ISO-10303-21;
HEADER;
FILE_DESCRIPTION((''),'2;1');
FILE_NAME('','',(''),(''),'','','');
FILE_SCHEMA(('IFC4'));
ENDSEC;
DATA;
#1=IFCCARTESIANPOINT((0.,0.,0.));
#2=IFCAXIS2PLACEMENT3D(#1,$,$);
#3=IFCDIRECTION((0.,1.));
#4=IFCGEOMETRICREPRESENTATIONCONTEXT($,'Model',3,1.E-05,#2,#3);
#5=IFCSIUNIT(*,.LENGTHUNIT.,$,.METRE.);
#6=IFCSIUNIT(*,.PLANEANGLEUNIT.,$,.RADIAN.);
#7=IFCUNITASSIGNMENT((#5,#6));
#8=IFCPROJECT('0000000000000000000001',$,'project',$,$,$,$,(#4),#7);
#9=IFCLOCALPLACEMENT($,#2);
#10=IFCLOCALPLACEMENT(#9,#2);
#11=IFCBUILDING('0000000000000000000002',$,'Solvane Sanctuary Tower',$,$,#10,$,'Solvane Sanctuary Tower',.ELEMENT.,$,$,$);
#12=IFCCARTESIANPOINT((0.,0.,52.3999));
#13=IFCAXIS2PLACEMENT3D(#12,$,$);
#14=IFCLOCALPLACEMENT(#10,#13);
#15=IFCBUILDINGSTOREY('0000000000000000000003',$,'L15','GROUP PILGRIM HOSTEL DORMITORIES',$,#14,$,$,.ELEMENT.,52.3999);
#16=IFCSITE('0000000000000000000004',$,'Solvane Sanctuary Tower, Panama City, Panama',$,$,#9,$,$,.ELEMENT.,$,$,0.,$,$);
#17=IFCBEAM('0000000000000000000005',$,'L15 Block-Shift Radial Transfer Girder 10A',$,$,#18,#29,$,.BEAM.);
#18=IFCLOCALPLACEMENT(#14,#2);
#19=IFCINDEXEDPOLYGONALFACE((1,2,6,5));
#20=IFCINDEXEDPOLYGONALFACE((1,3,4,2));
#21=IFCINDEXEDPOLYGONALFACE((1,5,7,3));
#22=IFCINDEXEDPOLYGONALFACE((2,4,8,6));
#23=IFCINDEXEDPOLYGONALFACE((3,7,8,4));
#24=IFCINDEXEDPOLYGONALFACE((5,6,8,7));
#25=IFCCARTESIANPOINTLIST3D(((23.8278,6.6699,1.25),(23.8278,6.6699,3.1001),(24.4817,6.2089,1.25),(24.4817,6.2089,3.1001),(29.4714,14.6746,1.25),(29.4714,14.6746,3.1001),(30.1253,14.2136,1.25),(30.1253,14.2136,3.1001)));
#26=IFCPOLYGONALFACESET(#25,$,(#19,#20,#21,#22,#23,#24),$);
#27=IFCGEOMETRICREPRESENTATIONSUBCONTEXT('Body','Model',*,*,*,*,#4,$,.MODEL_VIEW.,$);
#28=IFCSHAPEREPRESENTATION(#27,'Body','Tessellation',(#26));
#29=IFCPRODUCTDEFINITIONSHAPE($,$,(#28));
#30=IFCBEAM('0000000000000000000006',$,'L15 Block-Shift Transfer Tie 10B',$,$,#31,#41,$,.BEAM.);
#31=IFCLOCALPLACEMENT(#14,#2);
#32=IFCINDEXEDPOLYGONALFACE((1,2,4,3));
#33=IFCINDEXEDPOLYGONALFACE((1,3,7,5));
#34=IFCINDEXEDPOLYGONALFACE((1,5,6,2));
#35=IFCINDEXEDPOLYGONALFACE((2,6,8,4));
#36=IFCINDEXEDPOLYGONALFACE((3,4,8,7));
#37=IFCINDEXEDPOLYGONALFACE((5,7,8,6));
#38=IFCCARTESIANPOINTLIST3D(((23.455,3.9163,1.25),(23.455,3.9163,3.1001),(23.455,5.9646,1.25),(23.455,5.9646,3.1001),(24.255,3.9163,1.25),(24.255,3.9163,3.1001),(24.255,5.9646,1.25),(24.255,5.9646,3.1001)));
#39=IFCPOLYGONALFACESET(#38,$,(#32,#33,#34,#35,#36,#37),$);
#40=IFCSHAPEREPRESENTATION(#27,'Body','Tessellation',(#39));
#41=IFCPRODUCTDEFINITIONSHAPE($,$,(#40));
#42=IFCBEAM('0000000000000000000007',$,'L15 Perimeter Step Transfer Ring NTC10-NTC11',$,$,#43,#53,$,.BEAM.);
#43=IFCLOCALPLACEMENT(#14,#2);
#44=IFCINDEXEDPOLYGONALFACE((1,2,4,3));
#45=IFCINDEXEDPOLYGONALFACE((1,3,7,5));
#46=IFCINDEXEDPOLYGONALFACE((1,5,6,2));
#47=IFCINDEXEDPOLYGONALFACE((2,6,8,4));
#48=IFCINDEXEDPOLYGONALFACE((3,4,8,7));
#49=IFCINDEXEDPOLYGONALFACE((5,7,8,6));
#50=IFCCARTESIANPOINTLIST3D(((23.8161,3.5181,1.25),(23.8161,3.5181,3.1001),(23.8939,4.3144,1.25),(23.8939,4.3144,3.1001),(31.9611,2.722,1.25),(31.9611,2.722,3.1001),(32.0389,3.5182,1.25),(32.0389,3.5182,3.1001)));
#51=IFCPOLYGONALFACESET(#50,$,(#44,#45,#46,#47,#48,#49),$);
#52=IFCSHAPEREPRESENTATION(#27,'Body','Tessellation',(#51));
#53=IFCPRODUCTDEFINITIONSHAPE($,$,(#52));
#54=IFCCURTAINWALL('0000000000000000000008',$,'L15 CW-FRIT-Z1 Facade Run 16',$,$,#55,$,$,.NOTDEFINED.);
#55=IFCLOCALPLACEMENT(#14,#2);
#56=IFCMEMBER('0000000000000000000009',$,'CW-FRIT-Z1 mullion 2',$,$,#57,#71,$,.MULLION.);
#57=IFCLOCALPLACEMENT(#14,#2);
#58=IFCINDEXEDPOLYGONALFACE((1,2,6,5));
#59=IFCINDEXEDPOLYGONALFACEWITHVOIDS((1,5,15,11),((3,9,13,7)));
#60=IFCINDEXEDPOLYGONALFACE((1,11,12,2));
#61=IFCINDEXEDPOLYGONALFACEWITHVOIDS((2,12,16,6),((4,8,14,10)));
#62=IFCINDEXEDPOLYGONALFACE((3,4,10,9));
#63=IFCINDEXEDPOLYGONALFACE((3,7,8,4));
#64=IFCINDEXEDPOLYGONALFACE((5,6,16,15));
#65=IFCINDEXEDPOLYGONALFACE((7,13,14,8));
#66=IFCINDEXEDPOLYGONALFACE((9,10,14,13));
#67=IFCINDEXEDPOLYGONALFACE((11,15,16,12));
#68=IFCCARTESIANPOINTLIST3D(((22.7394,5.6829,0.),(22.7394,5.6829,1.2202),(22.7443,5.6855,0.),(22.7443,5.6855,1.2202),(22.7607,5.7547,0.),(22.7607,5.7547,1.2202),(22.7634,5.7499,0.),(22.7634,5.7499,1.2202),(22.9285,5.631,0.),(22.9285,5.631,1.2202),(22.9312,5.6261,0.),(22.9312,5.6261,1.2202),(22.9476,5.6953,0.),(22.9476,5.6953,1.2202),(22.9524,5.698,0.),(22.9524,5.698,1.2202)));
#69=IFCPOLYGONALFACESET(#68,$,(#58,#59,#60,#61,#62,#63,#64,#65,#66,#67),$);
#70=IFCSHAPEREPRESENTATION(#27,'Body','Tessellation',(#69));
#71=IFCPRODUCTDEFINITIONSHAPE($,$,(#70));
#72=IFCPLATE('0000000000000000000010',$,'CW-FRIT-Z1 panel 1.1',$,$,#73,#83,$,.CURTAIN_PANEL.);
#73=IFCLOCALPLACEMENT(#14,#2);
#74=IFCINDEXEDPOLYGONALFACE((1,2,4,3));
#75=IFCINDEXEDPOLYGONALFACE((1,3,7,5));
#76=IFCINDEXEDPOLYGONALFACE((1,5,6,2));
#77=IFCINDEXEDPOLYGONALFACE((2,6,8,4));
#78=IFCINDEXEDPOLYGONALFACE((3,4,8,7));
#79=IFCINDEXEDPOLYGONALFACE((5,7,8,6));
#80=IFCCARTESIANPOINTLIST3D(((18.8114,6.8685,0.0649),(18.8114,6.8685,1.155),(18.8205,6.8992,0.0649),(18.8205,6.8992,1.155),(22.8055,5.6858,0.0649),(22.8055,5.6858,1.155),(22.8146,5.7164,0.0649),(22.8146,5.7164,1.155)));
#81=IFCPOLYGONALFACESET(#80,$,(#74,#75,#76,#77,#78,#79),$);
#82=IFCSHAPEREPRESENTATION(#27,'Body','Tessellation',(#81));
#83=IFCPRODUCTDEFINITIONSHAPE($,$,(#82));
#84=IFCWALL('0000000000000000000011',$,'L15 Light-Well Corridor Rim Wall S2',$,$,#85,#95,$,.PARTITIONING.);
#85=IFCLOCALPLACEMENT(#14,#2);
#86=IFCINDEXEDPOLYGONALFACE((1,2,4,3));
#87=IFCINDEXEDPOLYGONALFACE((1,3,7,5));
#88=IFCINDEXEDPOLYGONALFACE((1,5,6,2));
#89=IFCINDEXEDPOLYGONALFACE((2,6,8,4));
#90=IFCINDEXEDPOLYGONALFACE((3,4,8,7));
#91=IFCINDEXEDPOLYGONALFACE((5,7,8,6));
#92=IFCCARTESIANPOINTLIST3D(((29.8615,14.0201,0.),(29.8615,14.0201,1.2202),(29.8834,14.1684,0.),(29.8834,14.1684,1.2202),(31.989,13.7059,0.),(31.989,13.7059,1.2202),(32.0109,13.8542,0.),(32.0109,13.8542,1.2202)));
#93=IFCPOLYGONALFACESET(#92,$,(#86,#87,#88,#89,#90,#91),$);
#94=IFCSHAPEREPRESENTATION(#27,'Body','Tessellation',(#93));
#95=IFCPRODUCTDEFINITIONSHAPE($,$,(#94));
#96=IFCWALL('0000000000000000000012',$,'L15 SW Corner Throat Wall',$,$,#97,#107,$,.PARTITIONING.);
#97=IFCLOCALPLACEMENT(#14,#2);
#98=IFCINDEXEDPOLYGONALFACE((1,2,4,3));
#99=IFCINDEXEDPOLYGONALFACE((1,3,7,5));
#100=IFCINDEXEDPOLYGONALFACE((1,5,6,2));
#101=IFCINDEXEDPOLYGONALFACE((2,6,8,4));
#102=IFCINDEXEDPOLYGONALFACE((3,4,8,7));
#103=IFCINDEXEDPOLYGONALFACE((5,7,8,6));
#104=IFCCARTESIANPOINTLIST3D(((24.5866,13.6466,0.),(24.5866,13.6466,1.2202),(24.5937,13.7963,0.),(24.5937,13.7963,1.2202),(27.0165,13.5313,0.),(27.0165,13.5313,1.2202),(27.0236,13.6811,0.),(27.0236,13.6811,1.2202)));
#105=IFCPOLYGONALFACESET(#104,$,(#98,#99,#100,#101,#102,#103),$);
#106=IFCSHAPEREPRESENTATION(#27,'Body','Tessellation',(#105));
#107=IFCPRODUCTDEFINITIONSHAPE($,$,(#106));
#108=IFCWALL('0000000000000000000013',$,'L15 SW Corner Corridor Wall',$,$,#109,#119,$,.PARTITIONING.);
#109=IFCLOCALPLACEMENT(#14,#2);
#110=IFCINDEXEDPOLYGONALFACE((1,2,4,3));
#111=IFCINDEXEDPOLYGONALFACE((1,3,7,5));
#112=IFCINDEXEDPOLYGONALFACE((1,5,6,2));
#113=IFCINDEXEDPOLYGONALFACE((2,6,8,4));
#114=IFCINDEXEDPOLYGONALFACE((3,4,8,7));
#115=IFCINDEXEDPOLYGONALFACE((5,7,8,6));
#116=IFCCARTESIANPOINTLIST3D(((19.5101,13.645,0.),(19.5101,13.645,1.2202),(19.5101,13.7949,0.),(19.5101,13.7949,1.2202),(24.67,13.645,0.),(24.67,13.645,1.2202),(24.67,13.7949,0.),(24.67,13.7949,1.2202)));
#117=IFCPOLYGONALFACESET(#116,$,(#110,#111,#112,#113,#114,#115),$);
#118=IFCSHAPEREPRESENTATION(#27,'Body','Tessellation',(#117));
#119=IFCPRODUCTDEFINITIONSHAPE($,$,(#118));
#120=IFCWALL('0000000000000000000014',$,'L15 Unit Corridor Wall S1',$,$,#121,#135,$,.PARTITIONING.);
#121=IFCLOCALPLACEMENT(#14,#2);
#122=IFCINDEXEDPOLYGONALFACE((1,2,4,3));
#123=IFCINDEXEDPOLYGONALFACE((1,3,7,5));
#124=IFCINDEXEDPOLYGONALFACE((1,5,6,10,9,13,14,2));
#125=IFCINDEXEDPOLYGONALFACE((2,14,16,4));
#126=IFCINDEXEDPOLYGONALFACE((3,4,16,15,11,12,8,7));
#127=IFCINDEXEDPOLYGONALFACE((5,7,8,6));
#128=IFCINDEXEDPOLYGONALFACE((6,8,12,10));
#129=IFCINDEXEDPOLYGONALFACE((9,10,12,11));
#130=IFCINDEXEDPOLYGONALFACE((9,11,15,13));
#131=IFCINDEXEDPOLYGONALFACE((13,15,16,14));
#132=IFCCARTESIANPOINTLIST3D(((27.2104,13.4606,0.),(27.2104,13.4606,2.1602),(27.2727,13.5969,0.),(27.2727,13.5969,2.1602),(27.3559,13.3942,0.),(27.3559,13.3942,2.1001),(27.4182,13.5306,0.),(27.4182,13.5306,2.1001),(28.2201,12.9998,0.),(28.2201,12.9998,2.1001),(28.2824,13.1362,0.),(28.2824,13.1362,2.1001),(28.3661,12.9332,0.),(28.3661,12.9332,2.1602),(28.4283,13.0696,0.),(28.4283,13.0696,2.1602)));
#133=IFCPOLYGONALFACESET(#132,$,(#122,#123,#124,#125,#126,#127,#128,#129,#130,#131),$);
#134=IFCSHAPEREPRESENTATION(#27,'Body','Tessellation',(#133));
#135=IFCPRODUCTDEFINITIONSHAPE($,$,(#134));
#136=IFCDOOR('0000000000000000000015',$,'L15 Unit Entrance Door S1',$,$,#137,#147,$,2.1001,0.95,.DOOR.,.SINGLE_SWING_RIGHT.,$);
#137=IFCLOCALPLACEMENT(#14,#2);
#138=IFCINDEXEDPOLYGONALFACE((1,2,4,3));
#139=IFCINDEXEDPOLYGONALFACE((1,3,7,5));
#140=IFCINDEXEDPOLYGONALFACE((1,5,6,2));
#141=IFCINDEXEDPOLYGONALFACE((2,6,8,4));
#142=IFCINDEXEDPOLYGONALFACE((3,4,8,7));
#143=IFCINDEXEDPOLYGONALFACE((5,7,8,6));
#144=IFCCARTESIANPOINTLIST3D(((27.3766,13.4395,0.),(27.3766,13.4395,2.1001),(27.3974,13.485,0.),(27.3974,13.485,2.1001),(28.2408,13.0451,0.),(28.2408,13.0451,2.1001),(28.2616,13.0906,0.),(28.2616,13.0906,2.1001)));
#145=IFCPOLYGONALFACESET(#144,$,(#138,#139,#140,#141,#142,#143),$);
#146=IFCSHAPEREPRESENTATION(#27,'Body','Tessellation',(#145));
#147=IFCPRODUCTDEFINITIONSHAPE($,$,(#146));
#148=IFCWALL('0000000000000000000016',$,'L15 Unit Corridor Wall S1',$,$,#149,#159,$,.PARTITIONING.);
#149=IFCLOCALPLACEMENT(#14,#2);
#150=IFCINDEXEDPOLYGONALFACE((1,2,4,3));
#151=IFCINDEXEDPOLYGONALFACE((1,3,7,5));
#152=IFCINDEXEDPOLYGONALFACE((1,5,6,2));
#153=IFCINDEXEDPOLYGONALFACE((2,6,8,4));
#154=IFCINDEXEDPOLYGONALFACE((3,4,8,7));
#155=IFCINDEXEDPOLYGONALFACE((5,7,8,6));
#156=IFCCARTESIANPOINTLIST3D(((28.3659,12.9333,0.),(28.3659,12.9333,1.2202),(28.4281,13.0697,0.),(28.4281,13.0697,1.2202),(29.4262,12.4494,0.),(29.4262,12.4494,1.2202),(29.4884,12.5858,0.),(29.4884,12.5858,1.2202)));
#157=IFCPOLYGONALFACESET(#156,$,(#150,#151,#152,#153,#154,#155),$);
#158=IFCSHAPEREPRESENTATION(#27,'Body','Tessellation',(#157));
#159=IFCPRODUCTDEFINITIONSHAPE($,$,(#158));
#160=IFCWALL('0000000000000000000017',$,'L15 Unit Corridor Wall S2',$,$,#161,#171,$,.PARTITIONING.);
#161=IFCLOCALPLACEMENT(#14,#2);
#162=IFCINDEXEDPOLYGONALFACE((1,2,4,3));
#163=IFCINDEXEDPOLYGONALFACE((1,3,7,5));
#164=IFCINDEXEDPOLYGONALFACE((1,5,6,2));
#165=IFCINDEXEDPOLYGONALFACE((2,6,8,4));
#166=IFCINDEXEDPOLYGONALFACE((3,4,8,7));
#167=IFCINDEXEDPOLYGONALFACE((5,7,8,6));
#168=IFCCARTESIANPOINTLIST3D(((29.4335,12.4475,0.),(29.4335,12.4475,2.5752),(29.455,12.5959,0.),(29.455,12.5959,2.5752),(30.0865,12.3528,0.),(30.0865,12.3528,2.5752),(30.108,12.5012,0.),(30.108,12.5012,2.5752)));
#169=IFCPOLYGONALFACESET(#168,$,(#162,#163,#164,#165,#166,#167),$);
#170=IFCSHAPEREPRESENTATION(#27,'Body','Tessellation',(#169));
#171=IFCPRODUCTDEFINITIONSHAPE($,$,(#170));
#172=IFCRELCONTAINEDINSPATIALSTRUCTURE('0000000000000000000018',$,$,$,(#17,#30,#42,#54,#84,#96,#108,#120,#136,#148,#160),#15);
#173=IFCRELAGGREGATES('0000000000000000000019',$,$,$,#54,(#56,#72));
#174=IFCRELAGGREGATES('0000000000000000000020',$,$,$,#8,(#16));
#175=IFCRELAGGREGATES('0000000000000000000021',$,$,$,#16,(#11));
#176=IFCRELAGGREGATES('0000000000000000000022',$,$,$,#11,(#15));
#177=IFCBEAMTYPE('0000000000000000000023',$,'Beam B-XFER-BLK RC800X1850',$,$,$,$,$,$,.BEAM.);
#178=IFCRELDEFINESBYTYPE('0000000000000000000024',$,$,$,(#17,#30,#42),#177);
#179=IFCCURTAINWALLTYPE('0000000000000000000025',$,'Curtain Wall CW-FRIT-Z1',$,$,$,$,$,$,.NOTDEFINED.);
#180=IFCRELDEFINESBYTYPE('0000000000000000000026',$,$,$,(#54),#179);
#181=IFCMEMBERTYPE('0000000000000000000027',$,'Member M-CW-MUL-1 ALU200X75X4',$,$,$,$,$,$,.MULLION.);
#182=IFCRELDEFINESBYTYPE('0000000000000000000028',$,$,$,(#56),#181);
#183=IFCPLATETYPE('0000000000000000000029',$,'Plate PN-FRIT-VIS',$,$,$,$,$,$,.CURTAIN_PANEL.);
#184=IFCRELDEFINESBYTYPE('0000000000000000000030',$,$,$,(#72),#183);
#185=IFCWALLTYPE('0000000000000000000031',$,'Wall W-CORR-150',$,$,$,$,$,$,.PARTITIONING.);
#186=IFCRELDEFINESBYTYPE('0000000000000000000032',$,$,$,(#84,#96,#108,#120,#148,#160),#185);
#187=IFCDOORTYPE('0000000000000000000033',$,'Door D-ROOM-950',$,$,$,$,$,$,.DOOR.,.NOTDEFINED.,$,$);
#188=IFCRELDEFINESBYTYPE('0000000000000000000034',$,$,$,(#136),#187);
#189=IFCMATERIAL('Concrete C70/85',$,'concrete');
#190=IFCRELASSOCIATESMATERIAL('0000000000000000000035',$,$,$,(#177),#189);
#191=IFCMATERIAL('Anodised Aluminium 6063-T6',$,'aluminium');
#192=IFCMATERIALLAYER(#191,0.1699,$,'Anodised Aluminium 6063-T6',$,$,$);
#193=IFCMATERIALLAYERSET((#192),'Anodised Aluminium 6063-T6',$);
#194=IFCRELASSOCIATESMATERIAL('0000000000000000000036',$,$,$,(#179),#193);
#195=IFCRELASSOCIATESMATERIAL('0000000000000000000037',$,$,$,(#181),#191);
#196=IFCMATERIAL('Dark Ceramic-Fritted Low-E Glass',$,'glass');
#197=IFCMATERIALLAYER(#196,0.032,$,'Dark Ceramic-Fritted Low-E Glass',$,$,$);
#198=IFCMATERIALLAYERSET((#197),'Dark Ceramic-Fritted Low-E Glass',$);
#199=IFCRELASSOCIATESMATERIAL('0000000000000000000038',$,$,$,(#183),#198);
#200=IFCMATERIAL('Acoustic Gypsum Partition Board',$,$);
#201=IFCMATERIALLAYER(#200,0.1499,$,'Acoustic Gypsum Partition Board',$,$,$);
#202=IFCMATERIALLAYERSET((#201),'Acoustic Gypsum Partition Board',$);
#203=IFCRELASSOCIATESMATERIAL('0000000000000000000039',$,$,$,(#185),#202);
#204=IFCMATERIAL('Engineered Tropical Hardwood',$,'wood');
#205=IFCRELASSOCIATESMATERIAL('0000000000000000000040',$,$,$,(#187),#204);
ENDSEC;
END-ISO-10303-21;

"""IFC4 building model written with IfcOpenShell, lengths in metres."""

from ifc_helpers import new_model, si_unit, direction, frame, frame_2d, origin, origin_2d, place, context, subcontext, project, spatial, rectangle, hollow_rectangle, extrude, material, layer, layer_set, material_profile, profile_set, type_object, element, fill, aggregate, save


model = new_model("IFC4")

# Units and contexts
model_context = context("Model", 3, precision=1e-05, world=origin(), true_north=direction((0.0, 1.0)))
body_context = subcontext(model_context, "Body", "Model", "MODEL_VIEW")
ifc_project = project(units=[si_unit("LENGTHUNIT", "METRE"), si_unit("PLANEANGLEUNIT", "RADIAN")], contexts=[model_context])

# Site, building, storey
site_placement = place(None, origin())
site = spatial("IfcSite", under=ifc_project, at=site_placement, Name="Solvane Sanctuary Tower, Panama City, Panama", CompositionType="ELEMENT", RefElevation=0.0)
building_placement = place(site_placement, origin())
building = spatial("IfcBuilding", under=site, at=building_placement, Name="Solvane Sanctuary Tower", LongName="Solvane Sanctuary Tower", CompositionType="ELEMENT")
storey_placement = place(building_placement, frame((0.0, 0.0, 52.3999)))
storey = spatial("IfcBuildingStorey", under=building, at=storey_placement, Name="L15", Description="GROUP PILGRIM HOSTEL DORMITORIES", CompositionType="ELEMENT", Elevation=52.3999)

# Shared definitions
ifc_material_1 = material(Name="Concrete C70/85", Category="concrete")

# Beams
ifc_material_profile_1 = material_profile(ifc_material_1, rectangle(XDim=0.8, YDim=1.8501, at=origin_2d()), Name="RC800X1850")
ifc_profile_set_1 = profile_set([ifc_material_profile_1], Name="Concrete C70/85")
beam_type_1 = type_object("IfcBeamType", Name="Beam B-XFER-BLK RC800X1850", PredefinedType="BEAM", material=ifc_profile_set_1)
beam_1_placement = place(storey_placement, frame((29.7983, 14.4441, 2.175), z_axis=(-0.576221, -0.817294, 0.0), x_axis=(0.817294, -0.576221, 0.0)))
element("IfcBeam", 1, at=beam_1_placement, inside=storey, type_object=beam_type_1, Name="L15 Block-Shift Radial Transfer Girder 10A", PredefinedType="BEAM", context=body_context, shape_type="SweptSolid", body=[
    extrude(rectangle(XDim=0.8, YDim=1.8501, at=origin_2d()), origin(), (0.0, 0.0, 1.0), 9.7942),
])
beam_2_placement = place(storey_placement, frame((23.855, 5.9646, 2.175), z_axis=(0.0, -1.0, 0.0), x_axis=(1.0, 0.0, 0.0)))
element("IfcBeam", 2, at=beam_2_placement, inside=storey, type_object=beam_type_1, Name="L15 Block-Shift Transfer Tie 10B", PredefinedType="BEAM", context=body_context, shape_type="SweptSolid", body=[
    extrude(rectangle(XDim=0.8, YDim=1.8501, at=origin_2d()), origin(), (0.0, 0.0, 1.0), 2.0483),
])
beam_3_placement = place(storey_placement, frame((23.855, 3.9163, 2.175), z_axis=(0.995257, -0.097282, 0.0), x_axis=(0.097282, 0.995257, 0.0)))
element("IfcBeam", 3, at=beam_3_placement, inside=storey, type_object=beam_type_1, Name="L15 Perimeter Step Transfer Ring NTC10-NTC11", PredefinedType="BEAM", context=body_context, shape_type="SweptSolid", body=[
    extrude(rectangle(XDim=0.8, YDim=1.8501, at=origin_2d()), origin(), (0.0, 0.0, 1.0), 8.1838),
])

# Curtain wall, member, plate
ifc_material_2 = material(Name="Anodised Aluminium 6063-T6", Category="aluminium")
ifc_layer_1 = layer(ifc_material_2, 0.1699, Name="Anodised Aluminium 6063-T6")
ifc_layer_set_1 = layer_set([ifc_layer_1], Name="Anodised Aluminium 6063-T6")
curtain_wall_type = type_object("IfcCurtainWallType", Name="Curtain Wall CW-FRIT-Z1", PredefinedType="NOTDEFINED", material=ifc_layer_set_1)
curtain_wall_placement = place(storey_placement, origin())
curtain_wall = element("IfcCurtainWall", 4, at=curtain_wall_placement, inside=storey, type_object=curtain_wall_type, Name="L15 CW-FRIT-Z1 Facade Run 16", PredefinedType="NOTDEFINED")
ifc_material_profile_2 = material_profile(ifc_material_2, hollow_rectangle(XDim=0.075, YDim=0.2, WallThickness=0.0039, at=origin_2d()), Name="ALU200X75X4")
ifc_profile_set_2 = profile_set([ifc_material_profile_2], Name="Anodised Aluminium 6063-T6")
member_type = type_object("IfcMemberType", Name="Member M-CW-MUL-1 ALU200X75X4", PredefinedType="MULLION", material=ifc_profile_set_2)
member_placement = place(storey_placement, frame((22.8459, 5.6904, 0.0), z_axis=(0.0, 0.0, 1.0), x_axis=(0.283936, 0.958843, 0.0)))
member = element("IfcMember", 5, at=member_placement, type_object=member_type, Name="CW-FRIT-Z1 mullion 2", PredefinedType="MULLION", context=body_context, shape_type="SweptSolid", body=[
    extrude(hollow_rectangle(XDim=0.075, YDim=0.2, WallThickness=0.0039, at=origin_2d()), origin(), (0.0, 0.0, 1.0), 1.2202),
])
ifc_material_3 = material(Name="Dark Ceramic-Fritted Low-E Glass", Category="glass")
ifc_layer_2 = layer(ifc_material_3, 0.032, Name="Dark Ceramic-Fritted Low-E Glass")
ifc_layer_set_2 = layer_set([ifc_layer_2], Name="Dark Ceramic-Fritted Low-E Glass")
plate_type = type_object("IfcPlateType", Name="Plate PN-FRIT-VIS", PredefinedType="CURTAIN_PANEL", material=ifc_layer_set_2)
plate_placement = place(storey_placement, frame((20.813, 6.2925, 0.0649), z_axis=(0.0, 0.0, 1.0), x_axis=(0.958843, -0.283936, 0.0)))
plate = element("IfcPlate", 6, at=plate_placement, type_object=plate_type, Name="CW-FRIT-Z1 panel 1.1", PredefinedType="CURTAIN_PANEL", context=body_context, shape_type="SweptSolid", body=[
    extrude(rectangle(XDim=4.1655, YDim=0.032, at=origin_2d()), origin(), (0.0, 0.0, 1.0), 1.0901),
])
aggregate(curtain_wall, [member, plate])

# Walls
ifc_material_4 = material(Name="Acoustic Gypsum Partition Board")
ifc_layer_3 = layer(ifc_material_4, 0.1499, Name="Acoustic Gypsum Partition Board")
ifc_layer_set_3 = layer_set([ifc_layer_3], Name="Acoustic Gypsum Partition Board")
wall_type_1 = type_object("IfcWallType", Name="Wall W-CORR-150", PredefinedType="PARTITIONING", material=ifc_layer_set_3)
wall_1_placement = place(storey_placement, frame((29.8726, 14.0942, 0.0), z_axis=(0.0, 0.0, 1.0), x_axis=(0.989269, -0.146108, 0.0)))
element("IfcWall", 7, at=wall_1_placement, inside=storey, type_object=wall_type_1, Name="L15 Light-Well Corridor Rim Wall S2", PredefinedType="PARTITIONING", context=body_context, shape_type="SweptSolid", body=[
    extrude(rectangle(XDim=2.1506, YDim=0.1499, at=frame_2d((1.0752, 0.0))), origin(), (0.0, 0.0, 1.0), 1.2202),
])
wall_2_placement = place(storey_placement, frame((27.02, 13.6062, 0.0), z_axis=(0.0, 0.0, 1.0), x_axis=(-0.998877, 0.04737, 0.0)))
element("IfcWall", 8, at=wall_2_placement, inside=storey, type_object=wall_type_1, Name="L15 SW Corner Throat Wall", PredefinedType="PARTITIONING", context=body_context, shape_type="SweptSolid", body=[
    extrude(rectangle(XDim=2.4326, YDim=0.1499, at=frame_2d((1.2163, 0.0))), origin(), (0.0, 0.0, 1.0), 1.2202),
])
wall_3_placement = place(storey_placement, frame((19.51, 13.72, 0.0), z_axis=(0.0, 0.0, 1.0), x_axis=(1.0, 0.0, 0.0)))
element("IfcWall", 9, at=wall_3_placement, inside=storey, type_object=wall_type_1, Name="L15 SW Corner Corridor Wall", PredefinedType="PARTITIONING", context=body_context, shape_type="SweptSolid", body=[
    extrude(rectangle(XDim=5.1599, YDim=0.1499, at=frame_2d((2.5801, 0.0))), origin(), (0.0, 0.0, 1.0), 1.2202),
])

# Wall, opening, door
wall_4_placement = place(storey_placement, frame((27.2415, 13.5288, 0.0), z_axis=(0.0, 0.0, 1.0), x_axis=(0.90974, -0.415178, 0.0)))
wall_4 = element("IfcWall", 10, at=wall_4_placement, inside=storey, type_object=wall_type_1, Name="L15 Unit Corridor Wall S1", PredefinedType="PARTITIONING", context=body_context, shape_type="SweptSolid", body=[
    extrude(rectangle(XDim=1.2703, YDim=0.1499, at=frame_2d((0.6353, 0.0))), origin(), (0.0, 0.0, 1.0), 2.1602),
])
opening_1_placement = place(wall_4_placement, frame((0.1599, 0.0, 0.0)))
opening_1 = element("IfcOpeningElement", 11, at=opening_1_placement, cuts=wall_4, PredefinedType="OPENING", context=body_context, shape_type="SweptSolid", body=[
    extrude(rectangle(XDim=0.95, YDim=2.1001, at=frame_2d((0.4751, 1.05))), frame((0.0, 0.085, 0.0), z_axis=(0.0, -1.0, 0.0), x_axis=(1.0, 0.0, 0.0)), (0.0, 0.0, 1.0), 0.1699),
])
ifc_material_5 = material(Name="Engineered Tropical Hardwood", Category="wood")
door_type = type_object("IfcDoorType", Name="Door D-ROOM-950", OperationType="NOTDEFINED", PredefinedType="DOOR", material=ifc_material_5)
door_1_placement = place(opening_1_placement, origin())
door_1 = element("IfcDoor", 12, at=door_1_placement, inside=storey, type_object=door_type, Name="L15 Unit Entrance Door S1", OperationType="SINGLE_SWING_RIGHT", OverallHeight=2.1001, OverallWidth=0.95, PredefinedType="DOOR", context=body_context, shape_type="SweptSolid", body=[
    extrude(rectangle(XDim=0.95, YDim=2.1001, at=frame_2d((0.4751, 1.05))), frame((0.0, 0.0249, 0.0), z_axis=(0.0, -1.0, 0.0), x_axis=(1.0, 0.0, 0.0)), (0.0, 0.0, 1.0), 0.05),
])
fill(opening_1, door_1)

# Walls
wall_5_placement = place(storey_placement, frame((28.397, 13.0015, 0.0), z_axis=(0.0, 0.0, 1.0), x_axis=(0.909741, -0.415176, 0.0)))
element("IfcWall", 13, at=wall_5_placement, inside=storey, type_object=wall_type_1, Name="L15 Unit Corridor Wall S1", PredefinedType="PARTITIONING", context=body_context, shape_type="SweptSolid", body=[
    extrude(rectangle(XDim=1.1655, YDim=0.1499, at=frame_2d((0.5828, 0.0))), origin(), (0.0, 0.0, 1.0), 1.2202),
])
wall_6_placement = place(storey_placement, frame((29.4441, 12.5217, 0.0), z_axis=(0.0, 0.0, 1.0), x_axis=(0.989644, -0.143545, 0.0)))
element("IfcWall", 14, at=wall_6_placement, inside=storey, type_object=wall_type_1, Name="L15 Unit Corridor Wall S2", PredefinedType="PARTITIONING", context=body_context, shape_type="SweptSolid", body=[
    extrude(rectangle(XDim=0.6599, YDim=0.1499, at=frame_2d((0.3301, 0.0))), origin(), (0.0, 0.0, 1.0), 2.5752),
])

save(model, "model.ifc")
